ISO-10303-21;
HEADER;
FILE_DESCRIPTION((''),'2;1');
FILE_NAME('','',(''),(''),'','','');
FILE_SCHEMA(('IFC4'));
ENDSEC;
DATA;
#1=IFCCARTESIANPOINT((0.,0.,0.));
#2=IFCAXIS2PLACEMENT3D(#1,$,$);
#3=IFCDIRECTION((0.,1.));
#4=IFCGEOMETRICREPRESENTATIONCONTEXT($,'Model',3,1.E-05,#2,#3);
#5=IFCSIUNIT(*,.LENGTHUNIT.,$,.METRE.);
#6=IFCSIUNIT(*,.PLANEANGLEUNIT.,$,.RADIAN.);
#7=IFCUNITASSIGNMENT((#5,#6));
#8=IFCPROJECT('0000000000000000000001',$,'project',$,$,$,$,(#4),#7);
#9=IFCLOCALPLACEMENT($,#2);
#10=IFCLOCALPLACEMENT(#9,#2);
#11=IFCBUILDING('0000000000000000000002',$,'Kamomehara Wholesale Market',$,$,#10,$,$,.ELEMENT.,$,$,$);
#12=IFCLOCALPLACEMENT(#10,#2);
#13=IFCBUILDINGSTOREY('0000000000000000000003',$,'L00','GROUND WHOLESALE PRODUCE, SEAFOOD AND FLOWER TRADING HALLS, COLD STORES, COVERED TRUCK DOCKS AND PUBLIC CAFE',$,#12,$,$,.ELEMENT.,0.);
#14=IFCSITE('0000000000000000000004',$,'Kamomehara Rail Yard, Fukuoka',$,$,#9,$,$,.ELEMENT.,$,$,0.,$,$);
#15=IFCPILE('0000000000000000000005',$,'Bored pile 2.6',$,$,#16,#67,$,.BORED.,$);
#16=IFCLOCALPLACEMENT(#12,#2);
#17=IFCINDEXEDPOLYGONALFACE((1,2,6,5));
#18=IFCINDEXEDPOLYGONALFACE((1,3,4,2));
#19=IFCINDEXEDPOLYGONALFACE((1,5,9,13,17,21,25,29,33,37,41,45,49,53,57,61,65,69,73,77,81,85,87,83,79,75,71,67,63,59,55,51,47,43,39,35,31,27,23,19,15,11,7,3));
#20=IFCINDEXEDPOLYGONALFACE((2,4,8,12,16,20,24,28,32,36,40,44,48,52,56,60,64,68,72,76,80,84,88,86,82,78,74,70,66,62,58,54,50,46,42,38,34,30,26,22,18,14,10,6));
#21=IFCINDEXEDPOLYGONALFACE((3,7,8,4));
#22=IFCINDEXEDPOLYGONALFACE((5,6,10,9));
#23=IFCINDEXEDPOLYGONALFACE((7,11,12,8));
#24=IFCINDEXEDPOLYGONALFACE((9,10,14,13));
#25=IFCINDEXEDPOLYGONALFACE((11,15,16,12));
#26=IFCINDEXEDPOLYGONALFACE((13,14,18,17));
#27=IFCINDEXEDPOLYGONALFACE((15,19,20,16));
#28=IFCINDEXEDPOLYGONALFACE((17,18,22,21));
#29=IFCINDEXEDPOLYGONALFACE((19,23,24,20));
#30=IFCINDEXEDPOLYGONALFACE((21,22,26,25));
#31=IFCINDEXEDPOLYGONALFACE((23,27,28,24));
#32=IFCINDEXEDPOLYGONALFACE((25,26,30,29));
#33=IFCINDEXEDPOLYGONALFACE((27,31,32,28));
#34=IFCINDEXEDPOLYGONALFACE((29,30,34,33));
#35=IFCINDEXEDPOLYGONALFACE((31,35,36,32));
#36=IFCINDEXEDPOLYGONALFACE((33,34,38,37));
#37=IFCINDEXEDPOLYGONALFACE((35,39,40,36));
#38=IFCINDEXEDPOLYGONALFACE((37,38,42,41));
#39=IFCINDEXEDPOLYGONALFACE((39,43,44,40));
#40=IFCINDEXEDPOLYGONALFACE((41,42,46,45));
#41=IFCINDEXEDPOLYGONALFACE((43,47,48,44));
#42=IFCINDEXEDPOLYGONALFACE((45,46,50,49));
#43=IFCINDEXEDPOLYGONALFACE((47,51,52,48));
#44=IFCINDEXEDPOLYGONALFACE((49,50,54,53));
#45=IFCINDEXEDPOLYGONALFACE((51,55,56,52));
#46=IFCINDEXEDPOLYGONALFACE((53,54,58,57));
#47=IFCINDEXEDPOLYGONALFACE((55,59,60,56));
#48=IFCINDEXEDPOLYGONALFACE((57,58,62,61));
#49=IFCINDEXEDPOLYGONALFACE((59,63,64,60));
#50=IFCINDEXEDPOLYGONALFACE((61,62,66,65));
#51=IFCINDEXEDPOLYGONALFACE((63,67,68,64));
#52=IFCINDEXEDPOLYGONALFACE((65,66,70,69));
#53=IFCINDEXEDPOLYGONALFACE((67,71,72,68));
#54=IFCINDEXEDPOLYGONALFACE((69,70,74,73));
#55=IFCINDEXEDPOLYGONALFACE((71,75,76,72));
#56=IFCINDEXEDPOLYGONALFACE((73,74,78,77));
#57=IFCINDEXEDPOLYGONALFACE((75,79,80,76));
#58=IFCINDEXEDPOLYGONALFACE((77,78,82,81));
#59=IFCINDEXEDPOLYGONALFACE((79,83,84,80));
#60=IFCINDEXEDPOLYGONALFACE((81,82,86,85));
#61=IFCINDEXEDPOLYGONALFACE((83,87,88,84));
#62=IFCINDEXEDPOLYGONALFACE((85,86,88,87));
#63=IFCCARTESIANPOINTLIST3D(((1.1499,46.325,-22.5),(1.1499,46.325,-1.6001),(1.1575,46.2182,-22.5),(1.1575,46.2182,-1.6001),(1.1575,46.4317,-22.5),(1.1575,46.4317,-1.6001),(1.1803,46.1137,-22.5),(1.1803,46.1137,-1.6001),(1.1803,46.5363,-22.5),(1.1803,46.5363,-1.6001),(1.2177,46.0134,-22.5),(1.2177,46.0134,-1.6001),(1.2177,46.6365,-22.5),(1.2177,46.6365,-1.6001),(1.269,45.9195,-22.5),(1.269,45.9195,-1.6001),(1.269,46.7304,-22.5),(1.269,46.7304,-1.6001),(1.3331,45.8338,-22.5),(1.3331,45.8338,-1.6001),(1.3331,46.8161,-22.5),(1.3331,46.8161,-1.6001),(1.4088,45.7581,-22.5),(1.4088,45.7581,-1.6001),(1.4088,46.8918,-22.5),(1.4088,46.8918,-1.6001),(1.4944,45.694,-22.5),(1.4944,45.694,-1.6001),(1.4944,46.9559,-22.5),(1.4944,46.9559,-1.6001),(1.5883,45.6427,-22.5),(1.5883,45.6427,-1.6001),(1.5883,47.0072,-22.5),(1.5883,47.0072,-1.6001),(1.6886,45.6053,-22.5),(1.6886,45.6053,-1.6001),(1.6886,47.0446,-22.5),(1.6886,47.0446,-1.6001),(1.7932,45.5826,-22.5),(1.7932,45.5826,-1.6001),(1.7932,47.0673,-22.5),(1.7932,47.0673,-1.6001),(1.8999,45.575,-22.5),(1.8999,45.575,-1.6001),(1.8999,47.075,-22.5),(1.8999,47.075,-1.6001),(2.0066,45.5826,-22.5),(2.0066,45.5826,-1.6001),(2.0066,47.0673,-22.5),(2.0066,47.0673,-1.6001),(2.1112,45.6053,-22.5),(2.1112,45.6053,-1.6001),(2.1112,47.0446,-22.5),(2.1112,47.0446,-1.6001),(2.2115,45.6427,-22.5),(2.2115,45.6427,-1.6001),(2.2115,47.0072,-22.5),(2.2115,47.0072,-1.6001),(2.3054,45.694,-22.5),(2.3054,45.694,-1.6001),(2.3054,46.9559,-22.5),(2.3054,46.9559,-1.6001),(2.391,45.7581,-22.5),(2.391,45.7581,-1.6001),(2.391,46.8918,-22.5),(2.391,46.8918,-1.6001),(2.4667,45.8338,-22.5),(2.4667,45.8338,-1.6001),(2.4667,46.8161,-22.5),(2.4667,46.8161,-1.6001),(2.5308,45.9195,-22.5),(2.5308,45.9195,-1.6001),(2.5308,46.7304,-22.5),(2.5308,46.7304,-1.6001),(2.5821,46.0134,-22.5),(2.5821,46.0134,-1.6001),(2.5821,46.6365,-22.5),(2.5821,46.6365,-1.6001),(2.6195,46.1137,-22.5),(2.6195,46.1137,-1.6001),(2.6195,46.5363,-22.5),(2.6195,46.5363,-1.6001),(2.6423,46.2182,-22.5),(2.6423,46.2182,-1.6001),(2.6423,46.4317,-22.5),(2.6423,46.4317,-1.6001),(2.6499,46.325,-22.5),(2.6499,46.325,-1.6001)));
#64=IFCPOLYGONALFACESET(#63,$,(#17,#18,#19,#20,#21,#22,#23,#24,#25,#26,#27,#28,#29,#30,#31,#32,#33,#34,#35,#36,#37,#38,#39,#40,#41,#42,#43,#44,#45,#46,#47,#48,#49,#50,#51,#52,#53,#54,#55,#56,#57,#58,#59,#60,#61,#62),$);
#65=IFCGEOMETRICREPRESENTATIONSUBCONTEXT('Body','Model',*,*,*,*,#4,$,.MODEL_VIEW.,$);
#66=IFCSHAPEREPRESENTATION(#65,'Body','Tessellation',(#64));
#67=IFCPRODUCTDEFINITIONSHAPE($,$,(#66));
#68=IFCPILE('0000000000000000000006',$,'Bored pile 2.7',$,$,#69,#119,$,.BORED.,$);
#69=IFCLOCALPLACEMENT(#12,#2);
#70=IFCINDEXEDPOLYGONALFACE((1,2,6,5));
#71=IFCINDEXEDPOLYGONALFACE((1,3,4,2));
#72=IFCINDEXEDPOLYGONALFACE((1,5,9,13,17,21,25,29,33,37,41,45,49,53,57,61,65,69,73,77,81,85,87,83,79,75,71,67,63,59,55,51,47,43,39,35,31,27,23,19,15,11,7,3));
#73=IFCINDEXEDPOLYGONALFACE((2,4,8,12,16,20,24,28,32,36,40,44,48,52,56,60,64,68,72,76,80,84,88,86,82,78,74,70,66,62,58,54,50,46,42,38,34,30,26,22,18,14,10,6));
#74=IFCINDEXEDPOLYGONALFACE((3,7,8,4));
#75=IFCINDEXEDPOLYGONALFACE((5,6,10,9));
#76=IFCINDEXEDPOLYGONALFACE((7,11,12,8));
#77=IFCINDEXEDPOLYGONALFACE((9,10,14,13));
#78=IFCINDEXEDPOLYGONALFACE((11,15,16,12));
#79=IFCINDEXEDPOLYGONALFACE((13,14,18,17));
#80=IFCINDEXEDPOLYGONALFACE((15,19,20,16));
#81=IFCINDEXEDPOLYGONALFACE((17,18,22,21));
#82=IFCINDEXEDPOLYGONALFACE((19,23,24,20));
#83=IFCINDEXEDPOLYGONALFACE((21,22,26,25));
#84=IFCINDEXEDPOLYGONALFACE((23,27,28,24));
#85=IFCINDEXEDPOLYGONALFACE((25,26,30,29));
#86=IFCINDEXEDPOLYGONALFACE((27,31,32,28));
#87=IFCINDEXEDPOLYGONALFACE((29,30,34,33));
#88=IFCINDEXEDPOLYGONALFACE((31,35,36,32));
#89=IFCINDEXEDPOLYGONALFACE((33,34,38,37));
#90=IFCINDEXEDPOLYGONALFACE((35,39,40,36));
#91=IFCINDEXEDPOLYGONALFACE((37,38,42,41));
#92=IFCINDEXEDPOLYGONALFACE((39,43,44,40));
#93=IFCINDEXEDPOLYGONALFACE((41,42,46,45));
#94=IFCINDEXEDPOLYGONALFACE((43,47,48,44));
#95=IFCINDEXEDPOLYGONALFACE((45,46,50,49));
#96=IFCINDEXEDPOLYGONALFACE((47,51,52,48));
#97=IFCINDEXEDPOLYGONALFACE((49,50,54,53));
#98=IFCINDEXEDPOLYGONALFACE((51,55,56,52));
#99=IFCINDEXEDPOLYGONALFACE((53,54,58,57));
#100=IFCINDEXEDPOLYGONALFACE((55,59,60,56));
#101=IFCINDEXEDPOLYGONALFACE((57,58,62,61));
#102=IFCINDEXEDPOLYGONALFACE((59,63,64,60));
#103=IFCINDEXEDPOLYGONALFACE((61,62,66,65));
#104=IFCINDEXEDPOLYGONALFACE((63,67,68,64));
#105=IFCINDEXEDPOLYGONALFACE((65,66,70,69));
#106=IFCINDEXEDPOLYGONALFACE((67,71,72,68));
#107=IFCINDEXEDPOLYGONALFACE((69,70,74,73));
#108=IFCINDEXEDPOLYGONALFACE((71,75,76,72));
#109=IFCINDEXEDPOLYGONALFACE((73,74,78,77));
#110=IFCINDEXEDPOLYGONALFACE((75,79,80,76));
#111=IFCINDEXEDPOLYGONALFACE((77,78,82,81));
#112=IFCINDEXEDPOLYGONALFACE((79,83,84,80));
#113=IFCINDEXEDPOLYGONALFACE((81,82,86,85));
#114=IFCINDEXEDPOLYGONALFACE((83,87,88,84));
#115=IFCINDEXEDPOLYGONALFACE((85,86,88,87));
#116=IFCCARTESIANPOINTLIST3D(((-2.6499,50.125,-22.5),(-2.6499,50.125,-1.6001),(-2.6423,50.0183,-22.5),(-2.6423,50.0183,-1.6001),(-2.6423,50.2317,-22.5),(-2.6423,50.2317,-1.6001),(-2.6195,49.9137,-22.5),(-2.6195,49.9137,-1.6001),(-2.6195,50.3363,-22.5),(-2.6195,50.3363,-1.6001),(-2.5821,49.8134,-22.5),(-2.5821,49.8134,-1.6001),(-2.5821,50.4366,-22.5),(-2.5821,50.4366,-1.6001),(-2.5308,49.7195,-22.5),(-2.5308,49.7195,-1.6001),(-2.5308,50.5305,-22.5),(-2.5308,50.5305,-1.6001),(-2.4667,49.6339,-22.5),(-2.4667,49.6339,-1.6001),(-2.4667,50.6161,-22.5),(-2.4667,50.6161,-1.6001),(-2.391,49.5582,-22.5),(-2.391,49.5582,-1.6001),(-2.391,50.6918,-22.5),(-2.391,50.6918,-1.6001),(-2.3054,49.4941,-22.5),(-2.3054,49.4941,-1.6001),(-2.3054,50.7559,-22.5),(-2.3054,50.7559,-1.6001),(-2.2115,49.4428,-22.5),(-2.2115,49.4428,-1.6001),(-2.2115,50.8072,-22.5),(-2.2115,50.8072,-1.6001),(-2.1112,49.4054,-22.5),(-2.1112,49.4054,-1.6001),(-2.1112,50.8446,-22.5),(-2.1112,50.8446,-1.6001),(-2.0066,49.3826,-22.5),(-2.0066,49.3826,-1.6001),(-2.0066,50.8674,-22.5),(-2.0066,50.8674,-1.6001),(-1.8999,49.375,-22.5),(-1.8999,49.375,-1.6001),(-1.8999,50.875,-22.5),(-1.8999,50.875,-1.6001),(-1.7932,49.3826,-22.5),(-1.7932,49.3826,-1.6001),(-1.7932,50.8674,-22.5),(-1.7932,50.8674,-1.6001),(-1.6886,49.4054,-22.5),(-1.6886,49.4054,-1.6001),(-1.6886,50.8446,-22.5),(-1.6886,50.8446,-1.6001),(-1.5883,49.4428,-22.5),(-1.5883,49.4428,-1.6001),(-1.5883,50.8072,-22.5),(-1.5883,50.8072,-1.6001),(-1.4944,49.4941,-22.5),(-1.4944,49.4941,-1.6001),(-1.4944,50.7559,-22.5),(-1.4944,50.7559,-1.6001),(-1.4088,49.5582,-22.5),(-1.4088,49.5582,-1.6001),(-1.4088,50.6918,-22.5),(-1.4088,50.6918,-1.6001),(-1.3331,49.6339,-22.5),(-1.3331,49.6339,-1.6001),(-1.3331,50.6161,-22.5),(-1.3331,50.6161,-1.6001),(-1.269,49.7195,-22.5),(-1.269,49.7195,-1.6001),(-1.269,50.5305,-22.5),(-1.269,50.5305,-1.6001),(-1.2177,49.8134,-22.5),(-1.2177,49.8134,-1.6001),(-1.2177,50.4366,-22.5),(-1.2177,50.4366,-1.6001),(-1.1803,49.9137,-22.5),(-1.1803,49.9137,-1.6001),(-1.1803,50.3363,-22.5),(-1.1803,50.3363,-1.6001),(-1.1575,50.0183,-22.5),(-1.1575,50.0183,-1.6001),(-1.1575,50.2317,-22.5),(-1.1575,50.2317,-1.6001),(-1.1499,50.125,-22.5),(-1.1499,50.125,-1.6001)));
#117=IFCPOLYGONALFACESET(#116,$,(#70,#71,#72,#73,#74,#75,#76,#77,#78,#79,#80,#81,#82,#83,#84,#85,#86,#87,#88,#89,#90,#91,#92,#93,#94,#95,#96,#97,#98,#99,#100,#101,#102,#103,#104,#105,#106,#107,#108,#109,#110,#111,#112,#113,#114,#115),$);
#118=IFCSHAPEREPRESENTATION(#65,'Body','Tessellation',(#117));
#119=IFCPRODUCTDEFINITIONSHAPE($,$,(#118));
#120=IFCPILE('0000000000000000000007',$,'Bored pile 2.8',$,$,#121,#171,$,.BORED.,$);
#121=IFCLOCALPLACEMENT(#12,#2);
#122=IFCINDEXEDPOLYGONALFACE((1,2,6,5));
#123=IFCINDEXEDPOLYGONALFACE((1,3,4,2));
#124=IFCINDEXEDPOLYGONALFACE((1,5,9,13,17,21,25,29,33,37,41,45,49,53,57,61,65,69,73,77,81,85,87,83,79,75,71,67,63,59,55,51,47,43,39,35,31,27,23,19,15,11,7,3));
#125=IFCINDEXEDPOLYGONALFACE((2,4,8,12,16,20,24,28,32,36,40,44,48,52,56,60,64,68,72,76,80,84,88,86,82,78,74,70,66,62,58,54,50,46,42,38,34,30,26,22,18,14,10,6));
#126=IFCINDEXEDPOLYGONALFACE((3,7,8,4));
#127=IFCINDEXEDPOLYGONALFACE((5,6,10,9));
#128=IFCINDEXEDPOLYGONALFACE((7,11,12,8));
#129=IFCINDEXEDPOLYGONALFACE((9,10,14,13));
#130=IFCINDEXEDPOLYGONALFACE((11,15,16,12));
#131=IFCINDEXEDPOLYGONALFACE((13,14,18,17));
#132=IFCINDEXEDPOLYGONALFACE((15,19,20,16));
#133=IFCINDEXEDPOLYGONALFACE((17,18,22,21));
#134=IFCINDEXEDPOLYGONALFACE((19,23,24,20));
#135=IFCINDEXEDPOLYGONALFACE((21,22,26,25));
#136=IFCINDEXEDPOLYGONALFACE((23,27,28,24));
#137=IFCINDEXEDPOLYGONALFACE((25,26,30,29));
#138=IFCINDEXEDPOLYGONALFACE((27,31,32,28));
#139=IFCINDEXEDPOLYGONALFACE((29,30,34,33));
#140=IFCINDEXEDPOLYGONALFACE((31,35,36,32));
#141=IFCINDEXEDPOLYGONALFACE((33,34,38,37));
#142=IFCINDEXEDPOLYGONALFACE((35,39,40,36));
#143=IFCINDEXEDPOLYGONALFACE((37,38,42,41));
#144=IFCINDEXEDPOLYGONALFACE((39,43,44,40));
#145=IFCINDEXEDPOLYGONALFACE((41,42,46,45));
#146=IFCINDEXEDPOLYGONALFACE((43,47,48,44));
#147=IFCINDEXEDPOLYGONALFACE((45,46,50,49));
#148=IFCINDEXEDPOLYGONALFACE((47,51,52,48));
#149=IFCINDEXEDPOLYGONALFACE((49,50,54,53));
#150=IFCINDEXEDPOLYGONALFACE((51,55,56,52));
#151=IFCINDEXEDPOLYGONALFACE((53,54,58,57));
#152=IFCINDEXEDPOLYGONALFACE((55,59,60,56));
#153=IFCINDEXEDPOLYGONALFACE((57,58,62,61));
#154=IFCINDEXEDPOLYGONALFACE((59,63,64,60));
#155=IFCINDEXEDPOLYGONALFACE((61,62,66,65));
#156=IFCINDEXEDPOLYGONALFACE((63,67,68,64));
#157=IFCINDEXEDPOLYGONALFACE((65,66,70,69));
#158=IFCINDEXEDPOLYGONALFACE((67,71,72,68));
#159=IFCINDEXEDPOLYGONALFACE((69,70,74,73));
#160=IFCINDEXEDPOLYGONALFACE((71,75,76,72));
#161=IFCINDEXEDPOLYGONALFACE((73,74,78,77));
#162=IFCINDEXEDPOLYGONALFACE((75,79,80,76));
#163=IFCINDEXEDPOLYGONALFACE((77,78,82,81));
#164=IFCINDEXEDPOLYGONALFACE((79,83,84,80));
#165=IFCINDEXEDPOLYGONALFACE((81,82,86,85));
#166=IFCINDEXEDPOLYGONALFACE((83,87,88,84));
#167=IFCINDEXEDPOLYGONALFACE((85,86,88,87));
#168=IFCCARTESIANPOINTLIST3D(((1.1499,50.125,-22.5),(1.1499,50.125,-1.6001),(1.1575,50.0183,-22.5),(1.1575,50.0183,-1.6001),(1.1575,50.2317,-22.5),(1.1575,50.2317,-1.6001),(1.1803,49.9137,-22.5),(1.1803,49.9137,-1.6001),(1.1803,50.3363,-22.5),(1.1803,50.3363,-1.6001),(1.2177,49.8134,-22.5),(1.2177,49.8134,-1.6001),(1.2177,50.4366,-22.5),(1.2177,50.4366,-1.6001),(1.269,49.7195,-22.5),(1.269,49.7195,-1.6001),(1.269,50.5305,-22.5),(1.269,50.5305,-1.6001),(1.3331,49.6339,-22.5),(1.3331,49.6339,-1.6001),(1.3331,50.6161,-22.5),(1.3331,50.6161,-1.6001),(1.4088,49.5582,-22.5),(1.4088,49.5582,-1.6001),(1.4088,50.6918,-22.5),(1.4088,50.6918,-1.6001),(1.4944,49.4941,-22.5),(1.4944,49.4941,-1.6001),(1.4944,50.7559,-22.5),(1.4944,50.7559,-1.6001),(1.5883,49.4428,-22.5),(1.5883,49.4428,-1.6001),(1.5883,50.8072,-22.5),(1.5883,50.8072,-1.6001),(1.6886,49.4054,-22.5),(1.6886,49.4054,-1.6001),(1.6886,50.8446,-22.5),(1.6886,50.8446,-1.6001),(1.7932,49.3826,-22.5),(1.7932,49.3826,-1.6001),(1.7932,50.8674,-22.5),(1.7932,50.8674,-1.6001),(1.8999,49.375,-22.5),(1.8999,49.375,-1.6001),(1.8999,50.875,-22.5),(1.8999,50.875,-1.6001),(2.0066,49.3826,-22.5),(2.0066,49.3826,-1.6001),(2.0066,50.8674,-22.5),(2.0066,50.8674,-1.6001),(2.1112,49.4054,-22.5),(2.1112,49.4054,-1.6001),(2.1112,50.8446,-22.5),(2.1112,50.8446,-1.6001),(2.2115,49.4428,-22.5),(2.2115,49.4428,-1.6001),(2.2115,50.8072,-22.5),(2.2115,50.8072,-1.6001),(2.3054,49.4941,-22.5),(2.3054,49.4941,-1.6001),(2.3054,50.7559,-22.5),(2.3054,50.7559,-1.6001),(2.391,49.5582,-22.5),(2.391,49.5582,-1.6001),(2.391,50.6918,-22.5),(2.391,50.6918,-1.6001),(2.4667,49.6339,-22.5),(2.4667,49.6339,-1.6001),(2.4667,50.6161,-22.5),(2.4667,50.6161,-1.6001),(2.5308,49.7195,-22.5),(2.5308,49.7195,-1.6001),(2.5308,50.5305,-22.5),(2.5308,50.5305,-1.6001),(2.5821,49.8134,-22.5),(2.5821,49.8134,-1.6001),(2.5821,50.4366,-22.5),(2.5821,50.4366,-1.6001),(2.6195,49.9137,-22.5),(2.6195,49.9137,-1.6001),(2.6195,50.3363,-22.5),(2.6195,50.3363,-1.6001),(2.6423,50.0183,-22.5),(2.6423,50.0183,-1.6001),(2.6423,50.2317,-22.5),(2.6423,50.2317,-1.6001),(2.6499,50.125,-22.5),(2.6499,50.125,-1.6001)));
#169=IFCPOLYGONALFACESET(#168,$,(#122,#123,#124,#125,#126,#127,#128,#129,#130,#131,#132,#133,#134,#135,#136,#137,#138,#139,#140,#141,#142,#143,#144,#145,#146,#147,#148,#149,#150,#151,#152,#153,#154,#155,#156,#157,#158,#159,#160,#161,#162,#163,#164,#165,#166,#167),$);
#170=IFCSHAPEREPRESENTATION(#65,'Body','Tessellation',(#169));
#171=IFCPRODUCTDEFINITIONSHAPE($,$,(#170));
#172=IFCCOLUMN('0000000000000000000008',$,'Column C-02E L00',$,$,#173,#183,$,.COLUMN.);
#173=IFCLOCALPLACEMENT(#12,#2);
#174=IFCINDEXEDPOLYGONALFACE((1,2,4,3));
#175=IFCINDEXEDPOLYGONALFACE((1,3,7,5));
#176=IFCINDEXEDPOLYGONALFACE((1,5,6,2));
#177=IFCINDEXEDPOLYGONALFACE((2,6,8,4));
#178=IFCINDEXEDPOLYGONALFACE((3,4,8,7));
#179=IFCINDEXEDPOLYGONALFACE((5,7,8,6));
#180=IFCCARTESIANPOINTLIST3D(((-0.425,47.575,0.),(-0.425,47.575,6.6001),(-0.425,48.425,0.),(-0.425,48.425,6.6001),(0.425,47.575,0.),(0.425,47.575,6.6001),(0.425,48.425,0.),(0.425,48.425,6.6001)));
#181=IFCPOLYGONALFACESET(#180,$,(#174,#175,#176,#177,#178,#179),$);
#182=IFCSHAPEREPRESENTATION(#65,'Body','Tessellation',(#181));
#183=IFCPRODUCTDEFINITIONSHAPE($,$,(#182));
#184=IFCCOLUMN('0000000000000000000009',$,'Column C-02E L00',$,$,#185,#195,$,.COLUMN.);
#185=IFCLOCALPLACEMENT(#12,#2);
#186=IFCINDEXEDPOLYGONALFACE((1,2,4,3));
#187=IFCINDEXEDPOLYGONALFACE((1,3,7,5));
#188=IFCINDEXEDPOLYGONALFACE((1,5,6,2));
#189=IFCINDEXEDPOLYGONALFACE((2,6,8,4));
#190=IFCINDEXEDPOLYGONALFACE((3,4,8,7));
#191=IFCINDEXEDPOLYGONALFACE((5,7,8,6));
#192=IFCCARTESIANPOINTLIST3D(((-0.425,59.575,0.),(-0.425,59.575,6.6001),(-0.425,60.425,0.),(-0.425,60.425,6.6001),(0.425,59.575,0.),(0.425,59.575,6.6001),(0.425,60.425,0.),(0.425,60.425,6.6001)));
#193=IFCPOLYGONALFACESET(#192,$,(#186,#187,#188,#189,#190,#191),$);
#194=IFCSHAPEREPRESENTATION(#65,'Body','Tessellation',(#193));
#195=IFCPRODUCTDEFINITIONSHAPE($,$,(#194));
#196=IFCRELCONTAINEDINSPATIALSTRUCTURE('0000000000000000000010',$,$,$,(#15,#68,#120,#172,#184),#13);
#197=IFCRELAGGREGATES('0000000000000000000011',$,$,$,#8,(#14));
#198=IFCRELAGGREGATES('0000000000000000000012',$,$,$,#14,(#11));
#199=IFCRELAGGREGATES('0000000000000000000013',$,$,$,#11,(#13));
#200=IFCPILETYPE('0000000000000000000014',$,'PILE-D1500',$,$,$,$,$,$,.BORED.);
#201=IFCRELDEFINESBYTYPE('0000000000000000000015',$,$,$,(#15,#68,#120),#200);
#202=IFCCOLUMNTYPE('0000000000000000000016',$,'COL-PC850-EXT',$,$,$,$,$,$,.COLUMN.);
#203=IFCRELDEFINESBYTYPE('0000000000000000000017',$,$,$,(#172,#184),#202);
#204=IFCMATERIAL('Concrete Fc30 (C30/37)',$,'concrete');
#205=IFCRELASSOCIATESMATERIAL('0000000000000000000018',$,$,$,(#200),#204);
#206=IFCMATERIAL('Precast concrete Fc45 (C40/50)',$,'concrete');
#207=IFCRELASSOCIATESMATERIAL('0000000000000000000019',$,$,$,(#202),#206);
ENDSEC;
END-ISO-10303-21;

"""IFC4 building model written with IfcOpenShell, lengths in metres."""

from ifc_helpers import new_model, si_unit, direction, frame, origin, origin_2d, place, context, subcontext, project, spatial, rectangle, circle, extrude, material, material_profile, profile_set, type_object, element, save


model = new_model("IFC4")

# Units and contexts
model_context = context("Model", 3, precision=1e-05, world=origin(), true_north=direction((0.0, 1.0)))
body_context = subcontext(model_context, "Body", "Model", "MODEL_VIEW")
ifc_project = project(units=[si_unit("LENGTHUNIT", "METRE"), si_unit("PLANEANGLEUNIT", "RADIAN")], contexts=[model_context])

# Site, building, storey
site_placement = place(None, origin())
site = spatial("IfcSite", under=ifc_project, at=site_placement, Name="Kamomehara Rail Yard, Fukuoka", CompositionType="ELEMENT", RefElevation=0.0)
building_placement = place(site_placement, origin())
building = spatial("IfcBuilding", under=site, at=building_placement, Name="Kamomehara Wholesale Market", CompositionType="ELEMENT")
storey_placement = place(building_placement, origin())
storey = spatial("IfcBuildingStorey", under=building, at=storey_placement, Name="L00", Description="GROUND WHOLESALE PRODUCE, SEAFOOD AND FLOWER TRADING HALLS, COLD STORES, COVERED TRUCK DOCKS AND PUBLIC CAFE", CompositionType="ELEMENT", Elevation=0.0)

# Piles
ifc_material_1 = material(Name="Concrete Fc30 (C30/37)", Category="concrete")
ifc_material_profile_1 = material_profile(ifc_material_1, circle(Radius=0.75, at=origin_2d()), Name="RC-PILE-D1500")
ifc_profile_set_1 = profile_set([ifc_material_profile_1], Name="Concrete Fc30 (C30/37)")
pile_type_1 = type_object("IfcPileType", Name="PILE-D1500", PredefinedType="BORED", material=ifc_profile_set_1)
for number, where, z_axis, x_axis, name in (
    (1, (1.8999, 46.325, -1.6001), (0.0, 0.0, -1.0), (1.0, 0.0, 0.0), "Bored pile 2.6"),
    (2, (-1.8999, 50.125, -1.6001), (0.0, 0.0, -1.0), (1.0, 0.0, 0.0), "Bored pile 2.7"),
    (3, (1.8999, 50.125, -1.6001), (0.0, 0.0, -1.0), (1.0, 0.0, 0.0), "Bored pile 2.8"),
):
    element("IfcPile", number, at=place(storey_placement, frame(where, z_axis=z_axis, x_axis=x_axis)), inside=storey, type_object=pile_type_1, Name=name, PredefinedType="BORED", context=body_context, shape_type="SweptSolid", body=[
        extrude(circle(Radius=0.75, at=origin_2d()), origin(), (0.0, 0.0, 1.0), 20.8999),
    ])

# Columns
ifc_material_2 = material(Name="Precast concrete Fc45 (C40/50)", Category="concrete")
ifc_material_profile_2 = material_profile(ifc_material_2, rectangle(XDim=0.8501, YDim=0.8501, at=origin_2d()), Name="PC-COL-850x850")
ifc_profile_set_2 = profile_set([ifc_material_profile_2], Name="Precast concrete Fc45 (C40/50)")
column_type_1 = type_object("IfcColumnType", Name="COL-PC850-EXT", PredefinedType="COLUMN", material=ifc_profile_set_2)
for number, where, z_axis, x_axis, name in (
    (4, (0.0, 48.0, 0.0), (0.0, 0.0, 1.0), (1.0, 0.0, 0.0), "Column C-02E L00"),
    (5, (0.0, 60.0, 0.0), (0.0, 0.0, 1.0), (1.0, 0.0, 0.0), "Column C-02E L00"),
):
    element("IfcColumn", number, at=place(storey_placement, frame(where, z_axis=z_axis, x_axis=x_axis)), inside=storey, type_object=column_type_1, Name=name, PredefinedType="COLUMN", context=body_context, shape_type="SweptSolid", body=[
        extrude(rectangle(XDim=0.8501, YDim=0.8501, at=origin_2d()), origin(), (0.0, 0.0, 1.0), 6.6001),
    ])

save(model, "model.ifc")
